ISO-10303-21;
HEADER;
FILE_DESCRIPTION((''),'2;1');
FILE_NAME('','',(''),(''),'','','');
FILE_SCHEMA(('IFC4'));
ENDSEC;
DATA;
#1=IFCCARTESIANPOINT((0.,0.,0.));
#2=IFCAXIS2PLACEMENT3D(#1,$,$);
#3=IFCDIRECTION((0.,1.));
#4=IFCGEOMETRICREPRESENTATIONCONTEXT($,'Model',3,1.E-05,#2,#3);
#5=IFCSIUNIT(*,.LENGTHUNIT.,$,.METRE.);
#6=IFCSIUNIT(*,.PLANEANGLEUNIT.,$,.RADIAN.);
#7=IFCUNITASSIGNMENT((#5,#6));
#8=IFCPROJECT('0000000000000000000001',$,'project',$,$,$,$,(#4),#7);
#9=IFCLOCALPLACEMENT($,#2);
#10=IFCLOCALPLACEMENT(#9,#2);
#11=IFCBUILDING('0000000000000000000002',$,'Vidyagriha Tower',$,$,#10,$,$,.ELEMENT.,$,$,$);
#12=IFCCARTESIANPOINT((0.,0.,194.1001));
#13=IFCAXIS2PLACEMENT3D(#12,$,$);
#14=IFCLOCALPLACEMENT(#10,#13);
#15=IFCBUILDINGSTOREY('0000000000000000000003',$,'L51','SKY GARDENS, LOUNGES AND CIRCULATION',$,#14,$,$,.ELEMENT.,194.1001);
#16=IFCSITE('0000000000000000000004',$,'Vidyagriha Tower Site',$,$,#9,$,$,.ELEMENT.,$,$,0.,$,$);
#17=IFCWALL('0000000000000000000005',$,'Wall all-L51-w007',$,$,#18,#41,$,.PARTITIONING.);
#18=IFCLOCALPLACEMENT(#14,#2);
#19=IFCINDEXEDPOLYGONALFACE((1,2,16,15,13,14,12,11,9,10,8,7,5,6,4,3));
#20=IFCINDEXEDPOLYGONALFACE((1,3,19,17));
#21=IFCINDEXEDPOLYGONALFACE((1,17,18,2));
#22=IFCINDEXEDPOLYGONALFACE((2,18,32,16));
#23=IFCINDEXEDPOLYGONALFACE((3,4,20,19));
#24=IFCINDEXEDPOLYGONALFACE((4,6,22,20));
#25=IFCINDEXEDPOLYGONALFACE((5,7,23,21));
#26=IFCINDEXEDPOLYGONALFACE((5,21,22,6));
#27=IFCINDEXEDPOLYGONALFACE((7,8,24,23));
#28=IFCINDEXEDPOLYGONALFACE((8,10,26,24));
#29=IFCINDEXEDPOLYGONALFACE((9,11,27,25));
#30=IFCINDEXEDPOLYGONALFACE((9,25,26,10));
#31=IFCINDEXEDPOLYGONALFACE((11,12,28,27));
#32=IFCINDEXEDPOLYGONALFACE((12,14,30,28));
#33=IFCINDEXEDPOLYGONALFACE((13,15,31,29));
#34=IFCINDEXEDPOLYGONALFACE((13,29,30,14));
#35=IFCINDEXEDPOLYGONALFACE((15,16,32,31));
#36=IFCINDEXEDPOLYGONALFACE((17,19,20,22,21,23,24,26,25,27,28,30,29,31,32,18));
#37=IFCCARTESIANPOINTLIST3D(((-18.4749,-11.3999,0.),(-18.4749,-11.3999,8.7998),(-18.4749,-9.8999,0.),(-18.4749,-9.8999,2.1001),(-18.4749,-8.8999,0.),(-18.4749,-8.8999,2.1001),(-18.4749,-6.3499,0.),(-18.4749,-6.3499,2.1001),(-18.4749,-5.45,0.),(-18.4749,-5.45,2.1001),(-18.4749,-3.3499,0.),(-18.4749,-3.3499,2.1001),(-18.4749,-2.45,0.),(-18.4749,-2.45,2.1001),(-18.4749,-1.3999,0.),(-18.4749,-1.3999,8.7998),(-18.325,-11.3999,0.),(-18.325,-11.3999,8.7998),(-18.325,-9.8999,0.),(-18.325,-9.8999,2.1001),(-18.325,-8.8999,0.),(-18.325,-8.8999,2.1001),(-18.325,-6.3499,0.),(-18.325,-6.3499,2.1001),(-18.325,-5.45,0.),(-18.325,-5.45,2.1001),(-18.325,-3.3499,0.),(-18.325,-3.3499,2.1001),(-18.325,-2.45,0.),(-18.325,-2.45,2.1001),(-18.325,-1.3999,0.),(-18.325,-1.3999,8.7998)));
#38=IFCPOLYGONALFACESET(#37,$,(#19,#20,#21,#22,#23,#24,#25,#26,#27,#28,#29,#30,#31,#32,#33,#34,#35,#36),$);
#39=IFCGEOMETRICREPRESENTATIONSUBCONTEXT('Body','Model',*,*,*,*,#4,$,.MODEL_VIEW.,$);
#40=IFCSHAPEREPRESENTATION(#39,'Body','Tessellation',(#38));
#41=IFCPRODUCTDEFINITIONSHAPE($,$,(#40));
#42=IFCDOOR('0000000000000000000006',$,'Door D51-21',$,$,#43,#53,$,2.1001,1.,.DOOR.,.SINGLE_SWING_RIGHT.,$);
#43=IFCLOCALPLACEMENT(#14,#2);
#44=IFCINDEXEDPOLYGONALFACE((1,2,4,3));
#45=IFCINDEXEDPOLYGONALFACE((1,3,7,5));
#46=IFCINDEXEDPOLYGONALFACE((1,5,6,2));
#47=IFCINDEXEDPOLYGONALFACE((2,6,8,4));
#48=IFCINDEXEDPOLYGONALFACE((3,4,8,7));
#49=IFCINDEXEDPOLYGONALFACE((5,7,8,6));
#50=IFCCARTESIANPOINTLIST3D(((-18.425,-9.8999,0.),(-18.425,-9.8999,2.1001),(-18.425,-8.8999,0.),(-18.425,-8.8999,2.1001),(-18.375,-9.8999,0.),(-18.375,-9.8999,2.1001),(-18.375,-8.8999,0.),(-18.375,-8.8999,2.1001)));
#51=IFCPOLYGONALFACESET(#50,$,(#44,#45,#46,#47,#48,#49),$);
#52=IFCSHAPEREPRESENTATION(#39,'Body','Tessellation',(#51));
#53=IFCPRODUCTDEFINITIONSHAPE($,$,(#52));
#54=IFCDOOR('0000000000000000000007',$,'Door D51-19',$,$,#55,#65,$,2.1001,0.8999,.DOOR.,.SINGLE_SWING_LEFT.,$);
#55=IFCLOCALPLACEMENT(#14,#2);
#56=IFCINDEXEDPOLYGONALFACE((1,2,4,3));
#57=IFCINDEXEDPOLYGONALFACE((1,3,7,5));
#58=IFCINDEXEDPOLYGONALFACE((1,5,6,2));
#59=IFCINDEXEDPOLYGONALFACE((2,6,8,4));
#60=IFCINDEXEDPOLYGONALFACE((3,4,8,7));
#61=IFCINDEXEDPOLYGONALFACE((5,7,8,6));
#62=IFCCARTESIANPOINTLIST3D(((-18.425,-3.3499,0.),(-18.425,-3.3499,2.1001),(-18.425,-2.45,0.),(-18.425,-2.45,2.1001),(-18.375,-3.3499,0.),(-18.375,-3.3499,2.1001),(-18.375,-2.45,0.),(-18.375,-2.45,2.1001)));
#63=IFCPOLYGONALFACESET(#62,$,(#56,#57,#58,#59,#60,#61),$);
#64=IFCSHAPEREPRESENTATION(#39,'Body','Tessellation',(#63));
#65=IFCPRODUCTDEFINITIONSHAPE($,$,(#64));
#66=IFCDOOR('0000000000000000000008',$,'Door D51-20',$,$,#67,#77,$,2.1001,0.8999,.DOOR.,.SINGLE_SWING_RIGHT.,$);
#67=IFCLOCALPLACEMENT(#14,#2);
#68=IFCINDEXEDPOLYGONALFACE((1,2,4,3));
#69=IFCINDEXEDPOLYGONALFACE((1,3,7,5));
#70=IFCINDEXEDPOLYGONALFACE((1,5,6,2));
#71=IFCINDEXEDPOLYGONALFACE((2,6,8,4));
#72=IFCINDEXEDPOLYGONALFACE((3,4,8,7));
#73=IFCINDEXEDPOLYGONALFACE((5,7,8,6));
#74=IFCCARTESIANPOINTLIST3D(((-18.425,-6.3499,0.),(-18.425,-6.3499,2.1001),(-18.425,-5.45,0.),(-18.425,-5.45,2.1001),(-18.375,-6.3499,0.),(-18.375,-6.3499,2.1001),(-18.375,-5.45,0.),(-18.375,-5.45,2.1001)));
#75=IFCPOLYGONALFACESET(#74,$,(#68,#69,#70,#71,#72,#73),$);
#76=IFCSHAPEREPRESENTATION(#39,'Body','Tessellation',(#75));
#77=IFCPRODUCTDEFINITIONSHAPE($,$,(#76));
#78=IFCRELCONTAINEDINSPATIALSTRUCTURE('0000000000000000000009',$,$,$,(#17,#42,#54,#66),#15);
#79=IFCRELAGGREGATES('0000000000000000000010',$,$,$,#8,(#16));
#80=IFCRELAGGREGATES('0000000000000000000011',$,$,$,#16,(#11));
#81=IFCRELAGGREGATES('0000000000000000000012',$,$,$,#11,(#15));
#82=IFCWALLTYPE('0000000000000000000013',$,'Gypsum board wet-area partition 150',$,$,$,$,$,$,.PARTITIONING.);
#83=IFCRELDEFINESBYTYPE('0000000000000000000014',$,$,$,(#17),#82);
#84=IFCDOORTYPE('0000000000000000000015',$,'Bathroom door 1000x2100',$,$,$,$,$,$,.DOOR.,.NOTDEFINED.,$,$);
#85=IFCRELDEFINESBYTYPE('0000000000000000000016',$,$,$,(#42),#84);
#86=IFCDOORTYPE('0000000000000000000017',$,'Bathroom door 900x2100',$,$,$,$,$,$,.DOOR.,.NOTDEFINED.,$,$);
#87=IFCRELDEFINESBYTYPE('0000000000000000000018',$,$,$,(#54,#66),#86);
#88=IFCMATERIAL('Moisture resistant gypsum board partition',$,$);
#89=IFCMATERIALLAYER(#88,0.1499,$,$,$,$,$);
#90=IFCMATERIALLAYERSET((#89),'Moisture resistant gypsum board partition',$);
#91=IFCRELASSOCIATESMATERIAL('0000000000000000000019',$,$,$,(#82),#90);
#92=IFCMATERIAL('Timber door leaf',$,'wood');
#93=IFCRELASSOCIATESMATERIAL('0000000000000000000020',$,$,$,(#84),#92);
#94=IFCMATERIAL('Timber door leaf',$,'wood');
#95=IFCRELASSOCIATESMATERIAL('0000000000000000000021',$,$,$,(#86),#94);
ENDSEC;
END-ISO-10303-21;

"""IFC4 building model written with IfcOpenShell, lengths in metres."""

from ifc_helpers import new_model, si_unit, direction, frame, frame_2d, origin, place, context, subcontext, project, spatial, rectangle, extrude, material, layer, layer_set, type_object, element, fill, save


model = new_model("IFC4")

# Units and contexts
model_context = context("Model", 3, precision=1e-05, world=origin(), true_north=direction((0.0, 1.0)))
body_context = subcontext(model_context, "Body", "Model", "MODEL_VIEW")
ifc_project = project(units=[si_unit("LENGTHUNIT", "METRE"), si_unit("PLANEANGLEUNIT", "RADIAN")], contexts=[model_context])

# Site, building, storey
site_placement = place(None, origin())
site = spatial("IfcSite", under=ifc_project, at=site_placement, Name="Vidyagriha Tower Site", CompositionType="ELEMENT", RefElevation=0.0)
building_placement = place(site_placement, origin())
building = spatial("IfcBuilding", under=site, at=building_placement, Name="Vidyagriha Tower", CompositionType="ELEMENT")
storey_placement = place(building_placement, frame((0.0, 0.0, 194.1001)))
storey = spatial("IfcBuildingStorey", under=building, at=storey_placement, Name="L51", Description="SKY GARDENS, LOUNGES AND CIRCULATION", CompositionType="ELEMENT", Elevation=194.1001)

# Wall, openings, doors
ifc_material_1 = material(Name="Moisture resistant gypsum board partition")
ifc_layer_1 = layer(ifc_material_1, 0.1499)
ifc_layer_set_1 = layer_set([ifc_layer_1], Name="Moisture resistant gypsum board partition")
wall_type_1 = type_object("IfcWallType", Name="Gypsum board wet-area partition 150", PredefinedType="PARTITIONING", material=ifc_layer_set_1)
wall_1_placement = place(storey_placement, frame((-18.3999, -1.3999, 0.0), z_axis=(0.0, 0.0, 1.0), x_axis=(0.0, -1.0, 0.0)))
wall_1 = element("IfcWall", 1, at=wall_1_placement, inside=storey, type_object=wall_type_1, Name="Wall all-L51-w007", PredefinedType="PARTITIONING", context=body_context, shape_type="SweptSolid", body=[
    extrude(rectangle(XDim=10.0, YDim=0.1499, at=frame_2d((5.0, 0.0))), origin(), (0.0, 0.0, 1.0), 8.7998),
])
opening_1_placement = place(wall_1_placement, frame((1.05, 0.0, 0.0)))
opening_1 = element("IfcOpeningElement", 2, at=opening_1_placement, cuts=wall_1, PredefinedType="OPENING", context=body_context, shape_type="SweptSolid", body=[
    extrude(rectangle(XDim=0.8999, YDim=2.1001, at=frame_2d((0.45, 1.05))), frame((0.0, 0.085, 0.0), z_axis=(0.0, -1.0, 0.0), x_axis=(1.0, 0.0, 0.0)), (0.0, 0.0, 1.0), 0.1699),
])
opening_2_placement = place(wall_1_placement, frame((4.05, 0.0, 0.0)))
opening_2 = element("IfcOpeningElement", 3, at=opening_2_placement, cuts=wall_1, PredefinedType="OPENING", context=body_context, shape_type="SweptSolid", body=[
    extrude(rectangle(XDim=0.8999, YDim=2.1001, at=frame_2d((0.45, 1.05))), frame((0.0, 0.085, 0.0), z_axis=(0.0, -1.0, 0.0), x_axis=(1.0, 0.0, 0.0)), (0.0, 0.0, 1.0), 0.1699),
])
opening_3_placement = place(wall_1_placement, frame((7.5, 0.0, 0.0)))
opening_3 = element("IfcOpeningElement", 4, at=opening_3_placement, cuts=wall_1, PredefinedType="OPENING", context=body_context, shape_type="SweptSolid", body=[
    extrude(rectangle(XDim=1.0, YDim=2.1001, at=frame_2d((0.5, 1.05))), frame((0.0, 0.085, 0.0), z_axis=(0.0, -1.0, 0.0), x_axis=(1.0, 0.0, 0.0)), (0.0, 0.0, 1.0), 0.1699),
])
ifc_material_2 = material(Name="Timber door leaf", Category="wood")
door_type_1 = type_object("IfcDoorType", Name="Bathroom door 1000x2100", OperationType="NOTDEFINED", PredefinedType="DOOR", material=ifc_material_2)
door_1_placement = place(opening_3_placement, origin())
door_1 = element("IfcDoor", 5, at=door_1_placement, inside=storey, type_object=door_type_1, Name="Door D51-21", OperationType="SINGLE_SWING_RIGHT", OverallHeight=2.1001, OverallWidth=1.0, PredefinedType="DOOR", context=body_context, shape_type="SweptSolid", body=[
    extrude(rectangle(XDim=1.0, YDim=2.1001, at=frame_2d((0.5, 1.05))), frame((0.0, 0.0249, 0.0), z_axis=(0.0, -1.0, 0.0), x_axis=(1.0, 0.0, 0.0)), (0.0, 0.0, 1.0), 0.05),
])
fill(opening_3, door_1)
ifc_material_3 = material(Name="Timber door leaf", Category="wood")
door_type_2 = type_object("IfcDoorType", Name="Bathroom door 900x2100", OperationType="NOTDEFINED", PredefinedType="DOOR", material=ifc_material_3)
door_2_placement = place(opening_1_placement, origin())
door_2 = element("IfcDoor", 6, at=door_2_placement, inside=storey, type_object=door_type_2, Name="Door D51-19", OperationType="SINGLE_SWING_LEFT", OverallHeight=2.1001, OverallWidth=0.8999, PredefinedType="DOOR", context=body_context, shape_type="SweptSolid", body=[
    extrude(rectangle(XDim=0.8999, YDim=2.1001, at=frame_2d((0.45, 1.05))), frame((0.0, 0.0249, 0.0), z_axis=(0.0, -1.0, 0.0), x_axis=(1.0, 0.0, 0.0)), (0.0, 0.0, 1.0), 0.05),
])
fill(opening_1, door_2)
door_3_placement = place(opening_2_placement, origin())
door_3 = element("IfcDoor", 7, at=door_3_placement, inside=storey, type_object=door_type_2, Name="Door D51-20", OperationType="SINGLE_SWING_RIGHT", OverallHeight=2.1001, OverallWidth=0.8999, PredefinedType="DOOR", context=body_context, shape_type="SweptSolid", body=[
    extrude(rectangle(XDim=0.8999, YDim=2.1001, at=frame_2d((0.45, 1.05))), frame((0.0, 0.0249, 0.0), z_axis=(0.0, -1.0, 0.0), x_axis=(1.0, 0.0, 0.0)), (0.0, 0.0, 1.0), 0.05),
])
fill(opening_2, door_3)

save(model, "model.ifc")
